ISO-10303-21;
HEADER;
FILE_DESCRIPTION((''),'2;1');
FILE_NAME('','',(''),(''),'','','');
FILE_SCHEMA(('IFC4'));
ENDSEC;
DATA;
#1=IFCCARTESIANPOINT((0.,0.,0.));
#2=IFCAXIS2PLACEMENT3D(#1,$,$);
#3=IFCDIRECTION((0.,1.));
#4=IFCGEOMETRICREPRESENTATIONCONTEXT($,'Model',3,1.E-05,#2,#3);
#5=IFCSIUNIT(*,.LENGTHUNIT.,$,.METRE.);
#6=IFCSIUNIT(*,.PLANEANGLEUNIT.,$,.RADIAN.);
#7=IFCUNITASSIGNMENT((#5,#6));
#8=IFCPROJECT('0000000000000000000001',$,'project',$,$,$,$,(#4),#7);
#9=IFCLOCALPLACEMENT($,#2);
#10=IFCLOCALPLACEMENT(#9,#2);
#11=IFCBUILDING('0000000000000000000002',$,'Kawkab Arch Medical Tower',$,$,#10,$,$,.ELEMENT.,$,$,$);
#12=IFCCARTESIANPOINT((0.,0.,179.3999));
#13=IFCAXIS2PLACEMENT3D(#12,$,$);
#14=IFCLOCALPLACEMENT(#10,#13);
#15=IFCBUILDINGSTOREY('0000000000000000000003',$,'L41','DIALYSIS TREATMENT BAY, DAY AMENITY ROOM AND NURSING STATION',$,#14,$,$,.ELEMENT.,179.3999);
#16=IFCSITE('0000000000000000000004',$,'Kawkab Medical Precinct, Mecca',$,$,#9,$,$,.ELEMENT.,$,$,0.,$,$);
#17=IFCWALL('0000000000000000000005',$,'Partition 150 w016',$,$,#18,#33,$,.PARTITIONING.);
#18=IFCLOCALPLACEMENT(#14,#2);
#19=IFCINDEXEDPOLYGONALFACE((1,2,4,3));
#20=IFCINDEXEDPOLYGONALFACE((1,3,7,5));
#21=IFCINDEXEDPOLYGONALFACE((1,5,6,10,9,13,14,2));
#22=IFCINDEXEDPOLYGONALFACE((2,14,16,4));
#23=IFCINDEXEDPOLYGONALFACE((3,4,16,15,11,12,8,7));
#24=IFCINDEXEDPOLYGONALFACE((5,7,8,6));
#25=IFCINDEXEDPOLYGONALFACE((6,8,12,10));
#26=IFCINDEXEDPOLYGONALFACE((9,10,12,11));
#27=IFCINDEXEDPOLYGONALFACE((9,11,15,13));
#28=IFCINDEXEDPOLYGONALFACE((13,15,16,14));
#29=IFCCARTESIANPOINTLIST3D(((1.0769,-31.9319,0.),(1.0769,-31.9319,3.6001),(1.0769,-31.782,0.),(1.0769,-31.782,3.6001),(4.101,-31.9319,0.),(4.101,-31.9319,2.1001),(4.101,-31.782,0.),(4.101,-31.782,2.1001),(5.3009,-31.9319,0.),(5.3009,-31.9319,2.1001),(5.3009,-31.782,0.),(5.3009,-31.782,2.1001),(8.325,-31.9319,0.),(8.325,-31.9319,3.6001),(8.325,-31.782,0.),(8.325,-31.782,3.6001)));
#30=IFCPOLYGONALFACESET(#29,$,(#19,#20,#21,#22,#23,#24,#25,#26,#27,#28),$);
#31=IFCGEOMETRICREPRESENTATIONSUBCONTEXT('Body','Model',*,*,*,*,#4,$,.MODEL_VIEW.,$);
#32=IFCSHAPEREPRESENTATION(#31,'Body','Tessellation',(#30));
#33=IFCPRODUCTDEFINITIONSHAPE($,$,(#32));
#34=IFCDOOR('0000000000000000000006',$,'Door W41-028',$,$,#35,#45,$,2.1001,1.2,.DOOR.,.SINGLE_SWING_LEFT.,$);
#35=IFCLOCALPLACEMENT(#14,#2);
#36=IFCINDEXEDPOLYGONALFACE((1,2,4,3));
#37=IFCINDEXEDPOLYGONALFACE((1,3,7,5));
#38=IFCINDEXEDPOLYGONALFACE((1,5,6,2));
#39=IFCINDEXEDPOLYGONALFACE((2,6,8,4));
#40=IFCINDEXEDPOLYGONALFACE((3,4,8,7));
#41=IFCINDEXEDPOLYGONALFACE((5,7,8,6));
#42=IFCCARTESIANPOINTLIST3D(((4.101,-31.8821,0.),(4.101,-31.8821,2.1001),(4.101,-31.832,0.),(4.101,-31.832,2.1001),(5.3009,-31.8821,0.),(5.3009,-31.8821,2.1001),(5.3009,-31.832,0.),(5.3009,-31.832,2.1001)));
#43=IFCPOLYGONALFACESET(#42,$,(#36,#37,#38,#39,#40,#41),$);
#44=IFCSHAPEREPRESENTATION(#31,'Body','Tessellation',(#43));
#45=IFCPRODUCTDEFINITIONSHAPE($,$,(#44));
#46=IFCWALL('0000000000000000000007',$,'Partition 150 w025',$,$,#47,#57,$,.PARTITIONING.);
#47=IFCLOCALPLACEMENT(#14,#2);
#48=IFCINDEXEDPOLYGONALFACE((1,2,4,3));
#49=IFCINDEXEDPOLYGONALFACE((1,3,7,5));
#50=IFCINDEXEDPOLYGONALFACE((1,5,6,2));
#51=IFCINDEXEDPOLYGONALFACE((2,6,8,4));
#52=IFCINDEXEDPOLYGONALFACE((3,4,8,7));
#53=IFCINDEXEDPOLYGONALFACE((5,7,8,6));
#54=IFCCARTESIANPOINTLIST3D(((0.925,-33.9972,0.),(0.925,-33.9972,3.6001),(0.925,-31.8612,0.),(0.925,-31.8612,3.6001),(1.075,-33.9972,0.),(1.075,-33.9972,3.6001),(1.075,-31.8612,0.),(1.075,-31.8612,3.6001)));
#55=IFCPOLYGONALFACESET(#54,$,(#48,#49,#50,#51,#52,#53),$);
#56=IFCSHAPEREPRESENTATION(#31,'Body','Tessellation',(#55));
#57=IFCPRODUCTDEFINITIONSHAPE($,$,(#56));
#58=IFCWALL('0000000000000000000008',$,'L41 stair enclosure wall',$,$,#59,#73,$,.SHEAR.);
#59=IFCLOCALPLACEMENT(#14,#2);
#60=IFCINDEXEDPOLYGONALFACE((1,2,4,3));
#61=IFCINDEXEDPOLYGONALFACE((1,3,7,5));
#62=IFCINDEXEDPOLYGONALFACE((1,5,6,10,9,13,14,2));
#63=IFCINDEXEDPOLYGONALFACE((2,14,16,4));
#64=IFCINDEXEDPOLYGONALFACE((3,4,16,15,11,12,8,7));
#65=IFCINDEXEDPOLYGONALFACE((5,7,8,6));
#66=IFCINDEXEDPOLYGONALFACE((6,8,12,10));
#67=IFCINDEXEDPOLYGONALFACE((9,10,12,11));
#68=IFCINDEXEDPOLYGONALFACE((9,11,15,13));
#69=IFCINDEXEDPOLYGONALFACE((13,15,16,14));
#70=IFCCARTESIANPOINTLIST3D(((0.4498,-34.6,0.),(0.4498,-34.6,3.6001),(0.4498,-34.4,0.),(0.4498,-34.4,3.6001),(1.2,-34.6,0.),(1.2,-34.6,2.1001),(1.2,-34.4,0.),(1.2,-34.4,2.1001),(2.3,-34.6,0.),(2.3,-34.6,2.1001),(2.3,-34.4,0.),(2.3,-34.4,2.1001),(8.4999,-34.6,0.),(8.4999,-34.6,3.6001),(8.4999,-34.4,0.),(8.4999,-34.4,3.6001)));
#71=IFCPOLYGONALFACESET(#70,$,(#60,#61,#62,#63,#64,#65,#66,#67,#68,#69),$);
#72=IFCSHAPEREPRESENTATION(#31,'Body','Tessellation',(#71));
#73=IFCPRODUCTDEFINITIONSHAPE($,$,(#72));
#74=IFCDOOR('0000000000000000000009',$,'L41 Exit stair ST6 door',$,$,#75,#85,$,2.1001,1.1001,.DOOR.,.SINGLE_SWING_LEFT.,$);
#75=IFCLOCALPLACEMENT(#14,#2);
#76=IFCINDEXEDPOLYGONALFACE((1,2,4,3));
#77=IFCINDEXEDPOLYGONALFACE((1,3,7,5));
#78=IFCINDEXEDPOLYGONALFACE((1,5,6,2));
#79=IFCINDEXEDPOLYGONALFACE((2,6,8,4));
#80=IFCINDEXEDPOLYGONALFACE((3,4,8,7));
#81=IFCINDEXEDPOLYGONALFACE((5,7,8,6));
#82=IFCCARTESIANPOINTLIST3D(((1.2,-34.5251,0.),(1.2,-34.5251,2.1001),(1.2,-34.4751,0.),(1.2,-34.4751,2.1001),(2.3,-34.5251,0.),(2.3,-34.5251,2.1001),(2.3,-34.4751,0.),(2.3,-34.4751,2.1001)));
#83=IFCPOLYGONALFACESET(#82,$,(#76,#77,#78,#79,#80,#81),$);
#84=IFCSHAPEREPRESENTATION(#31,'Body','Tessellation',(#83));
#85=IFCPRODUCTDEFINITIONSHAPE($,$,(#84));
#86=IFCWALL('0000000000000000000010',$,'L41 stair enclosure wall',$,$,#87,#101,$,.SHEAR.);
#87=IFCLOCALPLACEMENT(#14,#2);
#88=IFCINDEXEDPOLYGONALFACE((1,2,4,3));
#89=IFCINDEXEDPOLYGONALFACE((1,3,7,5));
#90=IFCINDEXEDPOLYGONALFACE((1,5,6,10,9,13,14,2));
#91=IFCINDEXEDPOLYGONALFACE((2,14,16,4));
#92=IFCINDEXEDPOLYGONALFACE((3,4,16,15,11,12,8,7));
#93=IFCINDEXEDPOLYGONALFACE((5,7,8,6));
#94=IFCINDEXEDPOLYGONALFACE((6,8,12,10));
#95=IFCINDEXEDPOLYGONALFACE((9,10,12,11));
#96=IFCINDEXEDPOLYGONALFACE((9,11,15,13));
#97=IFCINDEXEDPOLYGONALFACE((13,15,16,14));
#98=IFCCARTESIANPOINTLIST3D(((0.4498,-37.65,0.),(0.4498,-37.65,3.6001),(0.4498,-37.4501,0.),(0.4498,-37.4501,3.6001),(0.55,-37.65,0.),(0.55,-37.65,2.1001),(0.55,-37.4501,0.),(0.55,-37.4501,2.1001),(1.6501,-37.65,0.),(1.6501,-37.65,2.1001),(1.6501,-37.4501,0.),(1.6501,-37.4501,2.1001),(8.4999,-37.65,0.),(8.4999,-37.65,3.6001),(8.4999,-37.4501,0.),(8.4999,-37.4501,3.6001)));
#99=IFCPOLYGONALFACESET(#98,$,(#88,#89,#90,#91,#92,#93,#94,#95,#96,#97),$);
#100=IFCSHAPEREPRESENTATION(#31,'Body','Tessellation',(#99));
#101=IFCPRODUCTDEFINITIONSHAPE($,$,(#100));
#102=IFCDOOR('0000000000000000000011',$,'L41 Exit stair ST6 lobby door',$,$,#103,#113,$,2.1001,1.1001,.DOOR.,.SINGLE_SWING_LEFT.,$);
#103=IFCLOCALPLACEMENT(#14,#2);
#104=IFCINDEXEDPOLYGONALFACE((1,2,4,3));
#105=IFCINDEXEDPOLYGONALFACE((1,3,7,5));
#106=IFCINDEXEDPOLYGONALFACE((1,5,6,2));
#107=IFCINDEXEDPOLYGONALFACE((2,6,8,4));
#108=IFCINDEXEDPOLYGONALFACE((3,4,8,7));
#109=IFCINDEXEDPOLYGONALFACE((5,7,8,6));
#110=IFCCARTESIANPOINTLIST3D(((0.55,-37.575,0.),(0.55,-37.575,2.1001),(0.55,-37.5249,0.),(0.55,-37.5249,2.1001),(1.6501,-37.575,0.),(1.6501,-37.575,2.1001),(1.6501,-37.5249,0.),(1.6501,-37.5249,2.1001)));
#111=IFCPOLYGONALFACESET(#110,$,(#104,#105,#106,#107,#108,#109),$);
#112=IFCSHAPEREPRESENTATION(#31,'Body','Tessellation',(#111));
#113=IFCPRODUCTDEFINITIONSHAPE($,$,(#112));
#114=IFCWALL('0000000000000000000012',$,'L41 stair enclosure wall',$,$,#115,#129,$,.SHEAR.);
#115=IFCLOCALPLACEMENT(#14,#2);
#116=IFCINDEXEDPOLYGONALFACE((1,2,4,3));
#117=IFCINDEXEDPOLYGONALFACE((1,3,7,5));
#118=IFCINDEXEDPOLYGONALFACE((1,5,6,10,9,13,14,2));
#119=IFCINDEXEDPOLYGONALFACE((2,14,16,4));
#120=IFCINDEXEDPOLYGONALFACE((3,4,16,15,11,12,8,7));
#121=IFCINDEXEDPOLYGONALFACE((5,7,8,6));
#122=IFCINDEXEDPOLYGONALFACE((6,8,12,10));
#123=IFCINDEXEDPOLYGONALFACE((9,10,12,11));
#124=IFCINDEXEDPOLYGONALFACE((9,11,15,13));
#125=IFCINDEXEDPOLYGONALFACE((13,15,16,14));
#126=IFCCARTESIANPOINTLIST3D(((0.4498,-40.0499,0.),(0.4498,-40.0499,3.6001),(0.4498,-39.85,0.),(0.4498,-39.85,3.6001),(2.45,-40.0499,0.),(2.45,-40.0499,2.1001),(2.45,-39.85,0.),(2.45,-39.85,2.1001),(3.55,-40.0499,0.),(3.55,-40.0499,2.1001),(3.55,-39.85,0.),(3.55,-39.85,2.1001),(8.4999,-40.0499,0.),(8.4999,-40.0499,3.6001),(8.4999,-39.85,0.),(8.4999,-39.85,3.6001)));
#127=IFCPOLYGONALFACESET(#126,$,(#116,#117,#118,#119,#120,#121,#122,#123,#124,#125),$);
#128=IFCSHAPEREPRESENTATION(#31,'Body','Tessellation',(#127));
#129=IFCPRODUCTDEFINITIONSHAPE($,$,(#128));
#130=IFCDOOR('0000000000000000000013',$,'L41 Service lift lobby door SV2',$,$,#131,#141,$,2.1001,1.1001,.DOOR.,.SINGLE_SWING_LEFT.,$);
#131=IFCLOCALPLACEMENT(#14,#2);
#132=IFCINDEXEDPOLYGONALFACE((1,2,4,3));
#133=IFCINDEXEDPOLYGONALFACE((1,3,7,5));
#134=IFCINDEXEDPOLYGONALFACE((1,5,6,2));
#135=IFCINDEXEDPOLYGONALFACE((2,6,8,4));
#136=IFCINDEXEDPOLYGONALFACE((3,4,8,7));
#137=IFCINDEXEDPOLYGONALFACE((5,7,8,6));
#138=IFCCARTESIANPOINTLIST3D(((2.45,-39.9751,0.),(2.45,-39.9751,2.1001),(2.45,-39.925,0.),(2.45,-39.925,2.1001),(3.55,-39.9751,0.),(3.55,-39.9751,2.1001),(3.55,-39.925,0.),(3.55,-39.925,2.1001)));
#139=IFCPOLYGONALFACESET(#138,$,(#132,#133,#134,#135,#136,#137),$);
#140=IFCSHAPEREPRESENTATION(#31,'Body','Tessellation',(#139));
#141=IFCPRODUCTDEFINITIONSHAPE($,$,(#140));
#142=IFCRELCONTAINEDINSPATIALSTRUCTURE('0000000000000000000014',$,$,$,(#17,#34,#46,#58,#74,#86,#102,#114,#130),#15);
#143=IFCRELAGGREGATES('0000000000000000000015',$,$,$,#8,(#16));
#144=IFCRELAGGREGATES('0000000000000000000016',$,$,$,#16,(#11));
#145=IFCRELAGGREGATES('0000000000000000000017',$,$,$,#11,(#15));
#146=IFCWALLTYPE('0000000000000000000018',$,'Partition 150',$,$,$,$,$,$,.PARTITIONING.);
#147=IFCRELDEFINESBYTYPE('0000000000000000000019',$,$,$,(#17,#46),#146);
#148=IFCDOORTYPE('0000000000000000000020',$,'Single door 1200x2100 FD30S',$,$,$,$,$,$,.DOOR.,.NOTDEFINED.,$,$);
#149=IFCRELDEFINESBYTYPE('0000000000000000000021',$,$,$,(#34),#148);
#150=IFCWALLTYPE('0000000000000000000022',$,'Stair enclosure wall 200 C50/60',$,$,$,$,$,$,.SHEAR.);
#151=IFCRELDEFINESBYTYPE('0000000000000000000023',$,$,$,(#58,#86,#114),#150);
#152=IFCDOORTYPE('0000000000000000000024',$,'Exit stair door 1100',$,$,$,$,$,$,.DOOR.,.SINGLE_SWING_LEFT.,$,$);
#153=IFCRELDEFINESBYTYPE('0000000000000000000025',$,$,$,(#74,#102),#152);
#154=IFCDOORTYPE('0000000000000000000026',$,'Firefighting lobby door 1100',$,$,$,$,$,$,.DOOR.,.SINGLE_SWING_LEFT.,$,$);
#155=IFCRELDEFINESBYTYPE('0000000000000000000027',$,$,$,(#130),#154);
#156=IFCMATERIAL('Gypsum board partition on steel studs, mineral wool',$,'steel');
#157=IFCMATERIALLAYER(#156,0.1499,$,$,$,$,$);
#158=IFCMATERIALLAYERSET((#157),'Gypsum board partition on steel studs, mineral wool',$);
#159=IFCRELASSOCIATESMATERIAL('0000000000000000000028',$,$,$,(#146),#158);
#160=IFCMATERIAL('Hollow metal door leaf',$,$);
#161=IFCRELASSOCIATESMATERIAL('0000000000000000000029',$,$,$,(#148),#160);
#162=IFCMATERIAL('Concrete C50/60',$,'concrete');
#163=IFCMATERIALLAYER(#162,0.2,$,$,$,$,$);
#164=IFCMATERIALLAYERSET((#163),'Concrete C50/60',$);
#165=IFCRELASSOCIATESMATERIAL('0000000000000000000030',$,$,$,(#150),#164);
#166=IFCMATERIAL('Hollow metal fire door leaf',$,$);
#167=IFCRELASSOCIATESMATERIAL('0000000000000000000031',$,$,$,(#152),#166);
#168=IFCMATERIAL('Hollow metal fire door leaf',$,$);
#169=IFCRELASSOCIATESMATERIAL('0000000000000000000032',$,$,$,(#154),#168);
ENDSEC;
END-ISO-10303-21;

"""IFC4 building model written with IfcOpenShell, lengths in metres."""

from ifc_helpers import new_model, si_unit, direction, frame, frame_2d, origin, place, context, subcontext, project, spatial, rectangle, extrude, material, layer, layer_set, type_object, element, fill, save


model = new_model("IFC4")

# Units and contexts
model_context = context("Model", 3, precision=1e-05, world=origin(), true_north=direction((0.0, 1.0)))
body_context = subcontext(model_context, "Body", "Model", "MODEL_VIEW")
ifc_project = project(units=[si_unit("LENGTHUNIT", "METRE"), si_unit("PLANEANGLEUNIT", "RADIAN")], contexts=[model_context])

# Site, building, storey
site_placement = place(None, origin())
site = spatial("IfcSite", under=ifc_project, at=site_placement, Name="Kawkab Medical Precinct, Mecca", CompositionType="ELEMENT", RefElevation=0.0)
building_placement = place(site_placement, origin())
building = spatial("IfcBuilding", under=site, at=building_placement, Name="Kawkab Arch Medical Tower", CompositionType="ELEMENT")
storey_placement = place(building_placement, frame((0.0, 0.0, 179.3999)))
storey = spatial("IfcBuildingStorey", under=building, at=storey_placement, Name="L41", Description="DIALYSIS TREATMENT BAY, DAY AMENITY ROOM AND NURSING STATION", CompositionType="ELEMENT", Elevation=179.3999)

# Shared definitions
ifc_material_1 = material(Name="Gypsum board partition on steel studs, mineral wool", Category="steel")
ifc_layer_1 = layer(ifc_material_1, 0.1499)
ifc_layer_set_1 = layer_set([ifc_layer_1], Name="Gypsum board partition on steel studs, mineral wool")
wall_type_1 = type_object("IfcWallType", Name="Partition 150", PredefinedType="PARTITIONING", material=ifc_layer_set_1)

# Wall, opening, door
wall_1_placement = place(storey_placement, frame((1.0769, -31.8569, 0.0), z_axis=(0.0, 0.0, 1.0), x_axis=(1.0, 0.0, 0.0)))
wall_1 = element("IfcWall", 1, at=wall_1_placement, inside=storey, type_object=wall_type_1, Name="Partition 150 w016", PredefinedType="PARTITIONING", context=body_context, shape_type="SweptSolid", body=[
    extrude(rectangle(XDim=7.248, YDim=0.1499, at=frame_2d((3.624, 0.0))), origin(), (0.0, 0.0, 1.0), 3.6001),
])
opening_1_placement = place(wall_1_placement, frame((3.0239, 0.0, 0.0)))
opening_1 = element("IfcOpeningElement", 2, at=opening_1_placement, cuts=wall_1, PredefinedType="OPENING", context=body_context, shape_type="SweptSolid", body=[
    extrude(rectangle(XDim=1.2, YDim=2.1001, at=frame_2d((0.6001, 1.05))), frame((0.0, 0.085, 0.0), z_axis=(0.0, -1.0, 0.0), x_axis=(1.0, 0.0, 0.0)), (0.0, 0.0, 1.0), 0.1699),
])
ifc_material_2 = material(Name="Hollow metal door leaf")
door_type_1 = type_object("IfcDoorType", Name="Single door 1200x2100 FD30S", OperationType="NOTDEFINED", PredefinedType="DOOR", material=ifc_material_2)
door_1_placement = place(opening_1_placement, origin())
door_1 = element("IfcDoor", 3, at=door_1_placement, inside=storey, type_object=door_type_1, Name="Door W41-028", OperationType="SINGLE_SWING_LEFT", OverallHeight=2.1001, OverallWidth=1.2, PredefinedType="DOOR", context=body_context, shape_type="SweptSolid", body=[
    extrude(rectangle(XDim=1.2, YDim=2.1001, at=frame_2d((0.6001, 1.05))), frame((0.0, 0.0249, 0.0), z_axis=(0.0, -1.0, 0.0), x_axis=(1.0, 0.0, 0.0)), (0.0, 0.0, 1.0), 0.05),
])
fill(opening_1, door_1)

# Wall
wall_2_placement = place(storey_placement, frame((1.0, -33.9971, 0.0), z_axis=(0.0, 0.0, 1.0), x_axis=(0.0, 1.0, 0.0)))
element("IfcWall", 4, at=wall_2_placement, inside=storey, type_object=wall_type_1, Name="Partition 150 w025", PredefinedType="PARTITIONING", context=body_context, shape_type="SweptSolid", body=[
    extrude(rectangle(XDim=2.136, YDim=0.1499, at=frame_2d((1.0679, 0.0))), origin(), (0.0, 0.0, 1.0), 3.6001),
])

# Walls, openings, doors
ifc_material_3 = material(Name="Concrete C50/60", Category="concrete")
ifc_layer_2 = layer(ifc_material_3, 0.2)
ifc_layer_set_2 = layer_set([ifc_layer_2], Name="Concrete C50/60")
wall_type_2 = type_object("IfcWallType", Name="Stair enclosure wall 200 C50/60", PredefinedType="SHEAR", material=ifc_layer_set_2)
wall_3_placement = place(storey_placement, frame((0.45, -34.5, 0.0), z_axis=(0.0, 0.0, 1.0), x_axis=(1.0, 0.0, 0.0)))
wall_3 = element("IfcWall", 5, at=wall_3_placement, inside=storey, type_object=wall_type_2, Name="L41 stair enclosure wall", PredefinedType="SHEAR", context=body_context, shape_type="SweptSolid", body=[
    extrude(rectangle(XDim=8.05, YDim=0.2, at=frame_2d((4.0249, 0.0))), origin(), (0.0, 0.0, 1.0), 3.6001),
])
opening_2_placement = place(wall_3_placement, frame((0.75, 0.0, 0.0)))
opening_2 = element("IfcOpeningElement", 6, at=opening_2_placement, cuts=wall_3, PredefinedType="OPENING", context=body_context, shape_type="SweptSolid", body=[
    extrude(rectangle(XDim=1.1001, YDim=2.1001, at=frame_2d((0.55, 1.05))), frame((0.0, 0.1099, 0.0), z_axis=(0.0, -1.0, 0.0), x_axis=(1.0, 0.0, 0.0)), (0.0, 0.0, 1.0), 0.22),
])
ifc_material_4 = material(Name="Hollow metal fire door leaf")
door_type_2 = type_object("IfcDoorType", Name="Exit stair door 1100", OperationType="SINGLE_SWING_LEFT", PredefinedType="DOOR", material=ifc_material_4)
door_2_placement = place(opening_2_placement, origin())
door_2 = element("IfcDoor", 7, at=door_2_placement, inside=storey, type_object=door_type_2, Name="L41 Exit stair ST6 door", OperationType="SINGLE_SWING_LEFT", OverallHeight=2.1001, OverallWidth=1.1001, PredefinedType="DOOR", context=body_context, shape_type="SweptSolid", body=[
    extrude(rectangle(XDim=1.1001, YDim=2.1001, at=frame_2d((0.55, 1.05))), frame((0.0, 0.0249, 0.0), z_axis=(0.0, -1.0, 0.0), x_axis=(1.0, 0.0, 0.0)), (0.0, 0.0, 1.0), 0.05),
])
fill(opening_2, door_2)
wall_4_placement = place(storey_placement, frame((0.45, -37.55, 0.0), z_axis=(0.0, 0.0, 1.0), x_axis=(1.0, 0.0, 0.0)))
wall_4 = element("IfcWall", 8, at=wall_4_placement, inside=storey, type_object=wall_type_2, Name="L41 stair enclosure wall", PredefinedType="SHEAR", context=body_context, shape_type="SweptSolid", body=[
    extrude(rectangle(XDim=8.05, YDim=0.2, at=frame_2d((4.0249, 0.0))), origin(), (0.0, 0.0, 1.0), 3.6001),
])
opening_3_placement = place(wall_4_placement, frame((0.1001, 0.0, 0.0)))
opening_3 = element("IfcOpeningElement", 9, at=opening_3_placement, cuts=wall_4, PredefinedType="OPENING", context=body_context, shape_type="SweptSolid", body=[
    extrude(rectangle(XDim=1.1001, YDim=2.1001, at=frame_2d((0.55, 1.05))), frame((0.0, 0.1099, 0.0), z_axis=(0.0, -1.0, 0.0), x_axis=(1.0, 0.0, 0.0)), (0.0, 0.0, 1.0), 0.22),
])
door_3_placement = place(opening_3_placement, frame((1.1001, 0.0, 0.0), z_axis=(0.0, 0.0, 1.0), x_axis=(-1.0, 0.0, 0.0)))
door_3 = element("IfcDoor", 10, at=door_3_placement, inside=storey, type_object=door_type_2, Name="L41 Exit stair ST6 lobby door", OperationType="SINGLE_SWING_LEFT", OverallHeight=2.1001, OverallWidth=1.1001, PredefinedType="DOOR", context=body_context, shape_type="SweptSolid", body=[
    extrude(rectangle(XDim=1.1001, YDim=2.1001, at=frame_2d((0.55, 1.05))), frame((0.0, 0.0249, 0.0), z_axis=(0.0, -1.0, 0.0), x_axis=(1.0, 0.0, 0.0)), (0.0, 0.0, 1.0), 0.05),
])
fill(opening_3, door_3)
wall_5_placement = place(storey_placement, frame((0.45, -39.95, 0.0), z_axis=(0.0, 0.0, 1.0), x_axis=(1.0, 0.0, 0.0)))
wall_5 = element("IfcWall", 11, at=wall_5_placement, inside=storey, type_object=wall_type_2, Name="L41 stair enclosure wall", PredefinedType="SHEAR", context=body_context, shape_type="SweptSolid", body=[
    extrude(rectangle(XDim=8.05, YDim=0.2, at=frame_2d((4.0249, 0.0))), origin(), (0.0, 0.0, 1.0), 3.6001),
])
opening_4_placement = place(wall_5_placement, frame((2.0, 0.0, 0.0)))
opening_4 = element("IfcOpeningElement", 12, at=opening_4_placement, cuts=wall_5, PredefinedType="OPENING", context=body_context, shape_type="SweptSolid", body=[
    extrude(rectangle(XDim=1.1001, YDim=2.1001, at=frame_2d((0.55, 1.05))), frame((0.0, 0.1099, 0.0), z_axis=(0.0, -1.0, 0.0), x_axis=(1.0, 0.0, 0.0)), (0.0, 0.0, 1.0), 0.22),
])
ifc_material_5 = material(Name="Hollow metal fire door leaf")
door_type_3 = type_object("IfcDoorType", Name="Firefighting lobby door 1100", OperationType="SINGLE_SWING_LEFT", PredefinedType="DOOR", material=ifc_material_5)
door_4_placement = place(opening_4_placement, origin())
door_4 = element("IfcDoor", 13, at=door_4_placement, inside=storey, type_object=door_type_3, Name="L41 Service lift lobby door SV2", OperationType="SINGLE_SWING_LEFT", OverallHeight=2.1001, OverallWidth=1.1001, PredefinedType="DOOR", context=body_context, shape_type="SweptSolid", body=[
    extrude(rectangle(XDim=1.1001, YDim=2.1001, at=frame_2d((0.55, 1.05))), frame((0.0, 0.0249, 0.0), z_axis=(0.0, -1.0, 0.0), x_axis=(1.0, 0.0, 0.0)), (0.0, 0.0, 1.0), 0.05),
])
fill(opening_4, door_4)

save(model, "model.ifc")
